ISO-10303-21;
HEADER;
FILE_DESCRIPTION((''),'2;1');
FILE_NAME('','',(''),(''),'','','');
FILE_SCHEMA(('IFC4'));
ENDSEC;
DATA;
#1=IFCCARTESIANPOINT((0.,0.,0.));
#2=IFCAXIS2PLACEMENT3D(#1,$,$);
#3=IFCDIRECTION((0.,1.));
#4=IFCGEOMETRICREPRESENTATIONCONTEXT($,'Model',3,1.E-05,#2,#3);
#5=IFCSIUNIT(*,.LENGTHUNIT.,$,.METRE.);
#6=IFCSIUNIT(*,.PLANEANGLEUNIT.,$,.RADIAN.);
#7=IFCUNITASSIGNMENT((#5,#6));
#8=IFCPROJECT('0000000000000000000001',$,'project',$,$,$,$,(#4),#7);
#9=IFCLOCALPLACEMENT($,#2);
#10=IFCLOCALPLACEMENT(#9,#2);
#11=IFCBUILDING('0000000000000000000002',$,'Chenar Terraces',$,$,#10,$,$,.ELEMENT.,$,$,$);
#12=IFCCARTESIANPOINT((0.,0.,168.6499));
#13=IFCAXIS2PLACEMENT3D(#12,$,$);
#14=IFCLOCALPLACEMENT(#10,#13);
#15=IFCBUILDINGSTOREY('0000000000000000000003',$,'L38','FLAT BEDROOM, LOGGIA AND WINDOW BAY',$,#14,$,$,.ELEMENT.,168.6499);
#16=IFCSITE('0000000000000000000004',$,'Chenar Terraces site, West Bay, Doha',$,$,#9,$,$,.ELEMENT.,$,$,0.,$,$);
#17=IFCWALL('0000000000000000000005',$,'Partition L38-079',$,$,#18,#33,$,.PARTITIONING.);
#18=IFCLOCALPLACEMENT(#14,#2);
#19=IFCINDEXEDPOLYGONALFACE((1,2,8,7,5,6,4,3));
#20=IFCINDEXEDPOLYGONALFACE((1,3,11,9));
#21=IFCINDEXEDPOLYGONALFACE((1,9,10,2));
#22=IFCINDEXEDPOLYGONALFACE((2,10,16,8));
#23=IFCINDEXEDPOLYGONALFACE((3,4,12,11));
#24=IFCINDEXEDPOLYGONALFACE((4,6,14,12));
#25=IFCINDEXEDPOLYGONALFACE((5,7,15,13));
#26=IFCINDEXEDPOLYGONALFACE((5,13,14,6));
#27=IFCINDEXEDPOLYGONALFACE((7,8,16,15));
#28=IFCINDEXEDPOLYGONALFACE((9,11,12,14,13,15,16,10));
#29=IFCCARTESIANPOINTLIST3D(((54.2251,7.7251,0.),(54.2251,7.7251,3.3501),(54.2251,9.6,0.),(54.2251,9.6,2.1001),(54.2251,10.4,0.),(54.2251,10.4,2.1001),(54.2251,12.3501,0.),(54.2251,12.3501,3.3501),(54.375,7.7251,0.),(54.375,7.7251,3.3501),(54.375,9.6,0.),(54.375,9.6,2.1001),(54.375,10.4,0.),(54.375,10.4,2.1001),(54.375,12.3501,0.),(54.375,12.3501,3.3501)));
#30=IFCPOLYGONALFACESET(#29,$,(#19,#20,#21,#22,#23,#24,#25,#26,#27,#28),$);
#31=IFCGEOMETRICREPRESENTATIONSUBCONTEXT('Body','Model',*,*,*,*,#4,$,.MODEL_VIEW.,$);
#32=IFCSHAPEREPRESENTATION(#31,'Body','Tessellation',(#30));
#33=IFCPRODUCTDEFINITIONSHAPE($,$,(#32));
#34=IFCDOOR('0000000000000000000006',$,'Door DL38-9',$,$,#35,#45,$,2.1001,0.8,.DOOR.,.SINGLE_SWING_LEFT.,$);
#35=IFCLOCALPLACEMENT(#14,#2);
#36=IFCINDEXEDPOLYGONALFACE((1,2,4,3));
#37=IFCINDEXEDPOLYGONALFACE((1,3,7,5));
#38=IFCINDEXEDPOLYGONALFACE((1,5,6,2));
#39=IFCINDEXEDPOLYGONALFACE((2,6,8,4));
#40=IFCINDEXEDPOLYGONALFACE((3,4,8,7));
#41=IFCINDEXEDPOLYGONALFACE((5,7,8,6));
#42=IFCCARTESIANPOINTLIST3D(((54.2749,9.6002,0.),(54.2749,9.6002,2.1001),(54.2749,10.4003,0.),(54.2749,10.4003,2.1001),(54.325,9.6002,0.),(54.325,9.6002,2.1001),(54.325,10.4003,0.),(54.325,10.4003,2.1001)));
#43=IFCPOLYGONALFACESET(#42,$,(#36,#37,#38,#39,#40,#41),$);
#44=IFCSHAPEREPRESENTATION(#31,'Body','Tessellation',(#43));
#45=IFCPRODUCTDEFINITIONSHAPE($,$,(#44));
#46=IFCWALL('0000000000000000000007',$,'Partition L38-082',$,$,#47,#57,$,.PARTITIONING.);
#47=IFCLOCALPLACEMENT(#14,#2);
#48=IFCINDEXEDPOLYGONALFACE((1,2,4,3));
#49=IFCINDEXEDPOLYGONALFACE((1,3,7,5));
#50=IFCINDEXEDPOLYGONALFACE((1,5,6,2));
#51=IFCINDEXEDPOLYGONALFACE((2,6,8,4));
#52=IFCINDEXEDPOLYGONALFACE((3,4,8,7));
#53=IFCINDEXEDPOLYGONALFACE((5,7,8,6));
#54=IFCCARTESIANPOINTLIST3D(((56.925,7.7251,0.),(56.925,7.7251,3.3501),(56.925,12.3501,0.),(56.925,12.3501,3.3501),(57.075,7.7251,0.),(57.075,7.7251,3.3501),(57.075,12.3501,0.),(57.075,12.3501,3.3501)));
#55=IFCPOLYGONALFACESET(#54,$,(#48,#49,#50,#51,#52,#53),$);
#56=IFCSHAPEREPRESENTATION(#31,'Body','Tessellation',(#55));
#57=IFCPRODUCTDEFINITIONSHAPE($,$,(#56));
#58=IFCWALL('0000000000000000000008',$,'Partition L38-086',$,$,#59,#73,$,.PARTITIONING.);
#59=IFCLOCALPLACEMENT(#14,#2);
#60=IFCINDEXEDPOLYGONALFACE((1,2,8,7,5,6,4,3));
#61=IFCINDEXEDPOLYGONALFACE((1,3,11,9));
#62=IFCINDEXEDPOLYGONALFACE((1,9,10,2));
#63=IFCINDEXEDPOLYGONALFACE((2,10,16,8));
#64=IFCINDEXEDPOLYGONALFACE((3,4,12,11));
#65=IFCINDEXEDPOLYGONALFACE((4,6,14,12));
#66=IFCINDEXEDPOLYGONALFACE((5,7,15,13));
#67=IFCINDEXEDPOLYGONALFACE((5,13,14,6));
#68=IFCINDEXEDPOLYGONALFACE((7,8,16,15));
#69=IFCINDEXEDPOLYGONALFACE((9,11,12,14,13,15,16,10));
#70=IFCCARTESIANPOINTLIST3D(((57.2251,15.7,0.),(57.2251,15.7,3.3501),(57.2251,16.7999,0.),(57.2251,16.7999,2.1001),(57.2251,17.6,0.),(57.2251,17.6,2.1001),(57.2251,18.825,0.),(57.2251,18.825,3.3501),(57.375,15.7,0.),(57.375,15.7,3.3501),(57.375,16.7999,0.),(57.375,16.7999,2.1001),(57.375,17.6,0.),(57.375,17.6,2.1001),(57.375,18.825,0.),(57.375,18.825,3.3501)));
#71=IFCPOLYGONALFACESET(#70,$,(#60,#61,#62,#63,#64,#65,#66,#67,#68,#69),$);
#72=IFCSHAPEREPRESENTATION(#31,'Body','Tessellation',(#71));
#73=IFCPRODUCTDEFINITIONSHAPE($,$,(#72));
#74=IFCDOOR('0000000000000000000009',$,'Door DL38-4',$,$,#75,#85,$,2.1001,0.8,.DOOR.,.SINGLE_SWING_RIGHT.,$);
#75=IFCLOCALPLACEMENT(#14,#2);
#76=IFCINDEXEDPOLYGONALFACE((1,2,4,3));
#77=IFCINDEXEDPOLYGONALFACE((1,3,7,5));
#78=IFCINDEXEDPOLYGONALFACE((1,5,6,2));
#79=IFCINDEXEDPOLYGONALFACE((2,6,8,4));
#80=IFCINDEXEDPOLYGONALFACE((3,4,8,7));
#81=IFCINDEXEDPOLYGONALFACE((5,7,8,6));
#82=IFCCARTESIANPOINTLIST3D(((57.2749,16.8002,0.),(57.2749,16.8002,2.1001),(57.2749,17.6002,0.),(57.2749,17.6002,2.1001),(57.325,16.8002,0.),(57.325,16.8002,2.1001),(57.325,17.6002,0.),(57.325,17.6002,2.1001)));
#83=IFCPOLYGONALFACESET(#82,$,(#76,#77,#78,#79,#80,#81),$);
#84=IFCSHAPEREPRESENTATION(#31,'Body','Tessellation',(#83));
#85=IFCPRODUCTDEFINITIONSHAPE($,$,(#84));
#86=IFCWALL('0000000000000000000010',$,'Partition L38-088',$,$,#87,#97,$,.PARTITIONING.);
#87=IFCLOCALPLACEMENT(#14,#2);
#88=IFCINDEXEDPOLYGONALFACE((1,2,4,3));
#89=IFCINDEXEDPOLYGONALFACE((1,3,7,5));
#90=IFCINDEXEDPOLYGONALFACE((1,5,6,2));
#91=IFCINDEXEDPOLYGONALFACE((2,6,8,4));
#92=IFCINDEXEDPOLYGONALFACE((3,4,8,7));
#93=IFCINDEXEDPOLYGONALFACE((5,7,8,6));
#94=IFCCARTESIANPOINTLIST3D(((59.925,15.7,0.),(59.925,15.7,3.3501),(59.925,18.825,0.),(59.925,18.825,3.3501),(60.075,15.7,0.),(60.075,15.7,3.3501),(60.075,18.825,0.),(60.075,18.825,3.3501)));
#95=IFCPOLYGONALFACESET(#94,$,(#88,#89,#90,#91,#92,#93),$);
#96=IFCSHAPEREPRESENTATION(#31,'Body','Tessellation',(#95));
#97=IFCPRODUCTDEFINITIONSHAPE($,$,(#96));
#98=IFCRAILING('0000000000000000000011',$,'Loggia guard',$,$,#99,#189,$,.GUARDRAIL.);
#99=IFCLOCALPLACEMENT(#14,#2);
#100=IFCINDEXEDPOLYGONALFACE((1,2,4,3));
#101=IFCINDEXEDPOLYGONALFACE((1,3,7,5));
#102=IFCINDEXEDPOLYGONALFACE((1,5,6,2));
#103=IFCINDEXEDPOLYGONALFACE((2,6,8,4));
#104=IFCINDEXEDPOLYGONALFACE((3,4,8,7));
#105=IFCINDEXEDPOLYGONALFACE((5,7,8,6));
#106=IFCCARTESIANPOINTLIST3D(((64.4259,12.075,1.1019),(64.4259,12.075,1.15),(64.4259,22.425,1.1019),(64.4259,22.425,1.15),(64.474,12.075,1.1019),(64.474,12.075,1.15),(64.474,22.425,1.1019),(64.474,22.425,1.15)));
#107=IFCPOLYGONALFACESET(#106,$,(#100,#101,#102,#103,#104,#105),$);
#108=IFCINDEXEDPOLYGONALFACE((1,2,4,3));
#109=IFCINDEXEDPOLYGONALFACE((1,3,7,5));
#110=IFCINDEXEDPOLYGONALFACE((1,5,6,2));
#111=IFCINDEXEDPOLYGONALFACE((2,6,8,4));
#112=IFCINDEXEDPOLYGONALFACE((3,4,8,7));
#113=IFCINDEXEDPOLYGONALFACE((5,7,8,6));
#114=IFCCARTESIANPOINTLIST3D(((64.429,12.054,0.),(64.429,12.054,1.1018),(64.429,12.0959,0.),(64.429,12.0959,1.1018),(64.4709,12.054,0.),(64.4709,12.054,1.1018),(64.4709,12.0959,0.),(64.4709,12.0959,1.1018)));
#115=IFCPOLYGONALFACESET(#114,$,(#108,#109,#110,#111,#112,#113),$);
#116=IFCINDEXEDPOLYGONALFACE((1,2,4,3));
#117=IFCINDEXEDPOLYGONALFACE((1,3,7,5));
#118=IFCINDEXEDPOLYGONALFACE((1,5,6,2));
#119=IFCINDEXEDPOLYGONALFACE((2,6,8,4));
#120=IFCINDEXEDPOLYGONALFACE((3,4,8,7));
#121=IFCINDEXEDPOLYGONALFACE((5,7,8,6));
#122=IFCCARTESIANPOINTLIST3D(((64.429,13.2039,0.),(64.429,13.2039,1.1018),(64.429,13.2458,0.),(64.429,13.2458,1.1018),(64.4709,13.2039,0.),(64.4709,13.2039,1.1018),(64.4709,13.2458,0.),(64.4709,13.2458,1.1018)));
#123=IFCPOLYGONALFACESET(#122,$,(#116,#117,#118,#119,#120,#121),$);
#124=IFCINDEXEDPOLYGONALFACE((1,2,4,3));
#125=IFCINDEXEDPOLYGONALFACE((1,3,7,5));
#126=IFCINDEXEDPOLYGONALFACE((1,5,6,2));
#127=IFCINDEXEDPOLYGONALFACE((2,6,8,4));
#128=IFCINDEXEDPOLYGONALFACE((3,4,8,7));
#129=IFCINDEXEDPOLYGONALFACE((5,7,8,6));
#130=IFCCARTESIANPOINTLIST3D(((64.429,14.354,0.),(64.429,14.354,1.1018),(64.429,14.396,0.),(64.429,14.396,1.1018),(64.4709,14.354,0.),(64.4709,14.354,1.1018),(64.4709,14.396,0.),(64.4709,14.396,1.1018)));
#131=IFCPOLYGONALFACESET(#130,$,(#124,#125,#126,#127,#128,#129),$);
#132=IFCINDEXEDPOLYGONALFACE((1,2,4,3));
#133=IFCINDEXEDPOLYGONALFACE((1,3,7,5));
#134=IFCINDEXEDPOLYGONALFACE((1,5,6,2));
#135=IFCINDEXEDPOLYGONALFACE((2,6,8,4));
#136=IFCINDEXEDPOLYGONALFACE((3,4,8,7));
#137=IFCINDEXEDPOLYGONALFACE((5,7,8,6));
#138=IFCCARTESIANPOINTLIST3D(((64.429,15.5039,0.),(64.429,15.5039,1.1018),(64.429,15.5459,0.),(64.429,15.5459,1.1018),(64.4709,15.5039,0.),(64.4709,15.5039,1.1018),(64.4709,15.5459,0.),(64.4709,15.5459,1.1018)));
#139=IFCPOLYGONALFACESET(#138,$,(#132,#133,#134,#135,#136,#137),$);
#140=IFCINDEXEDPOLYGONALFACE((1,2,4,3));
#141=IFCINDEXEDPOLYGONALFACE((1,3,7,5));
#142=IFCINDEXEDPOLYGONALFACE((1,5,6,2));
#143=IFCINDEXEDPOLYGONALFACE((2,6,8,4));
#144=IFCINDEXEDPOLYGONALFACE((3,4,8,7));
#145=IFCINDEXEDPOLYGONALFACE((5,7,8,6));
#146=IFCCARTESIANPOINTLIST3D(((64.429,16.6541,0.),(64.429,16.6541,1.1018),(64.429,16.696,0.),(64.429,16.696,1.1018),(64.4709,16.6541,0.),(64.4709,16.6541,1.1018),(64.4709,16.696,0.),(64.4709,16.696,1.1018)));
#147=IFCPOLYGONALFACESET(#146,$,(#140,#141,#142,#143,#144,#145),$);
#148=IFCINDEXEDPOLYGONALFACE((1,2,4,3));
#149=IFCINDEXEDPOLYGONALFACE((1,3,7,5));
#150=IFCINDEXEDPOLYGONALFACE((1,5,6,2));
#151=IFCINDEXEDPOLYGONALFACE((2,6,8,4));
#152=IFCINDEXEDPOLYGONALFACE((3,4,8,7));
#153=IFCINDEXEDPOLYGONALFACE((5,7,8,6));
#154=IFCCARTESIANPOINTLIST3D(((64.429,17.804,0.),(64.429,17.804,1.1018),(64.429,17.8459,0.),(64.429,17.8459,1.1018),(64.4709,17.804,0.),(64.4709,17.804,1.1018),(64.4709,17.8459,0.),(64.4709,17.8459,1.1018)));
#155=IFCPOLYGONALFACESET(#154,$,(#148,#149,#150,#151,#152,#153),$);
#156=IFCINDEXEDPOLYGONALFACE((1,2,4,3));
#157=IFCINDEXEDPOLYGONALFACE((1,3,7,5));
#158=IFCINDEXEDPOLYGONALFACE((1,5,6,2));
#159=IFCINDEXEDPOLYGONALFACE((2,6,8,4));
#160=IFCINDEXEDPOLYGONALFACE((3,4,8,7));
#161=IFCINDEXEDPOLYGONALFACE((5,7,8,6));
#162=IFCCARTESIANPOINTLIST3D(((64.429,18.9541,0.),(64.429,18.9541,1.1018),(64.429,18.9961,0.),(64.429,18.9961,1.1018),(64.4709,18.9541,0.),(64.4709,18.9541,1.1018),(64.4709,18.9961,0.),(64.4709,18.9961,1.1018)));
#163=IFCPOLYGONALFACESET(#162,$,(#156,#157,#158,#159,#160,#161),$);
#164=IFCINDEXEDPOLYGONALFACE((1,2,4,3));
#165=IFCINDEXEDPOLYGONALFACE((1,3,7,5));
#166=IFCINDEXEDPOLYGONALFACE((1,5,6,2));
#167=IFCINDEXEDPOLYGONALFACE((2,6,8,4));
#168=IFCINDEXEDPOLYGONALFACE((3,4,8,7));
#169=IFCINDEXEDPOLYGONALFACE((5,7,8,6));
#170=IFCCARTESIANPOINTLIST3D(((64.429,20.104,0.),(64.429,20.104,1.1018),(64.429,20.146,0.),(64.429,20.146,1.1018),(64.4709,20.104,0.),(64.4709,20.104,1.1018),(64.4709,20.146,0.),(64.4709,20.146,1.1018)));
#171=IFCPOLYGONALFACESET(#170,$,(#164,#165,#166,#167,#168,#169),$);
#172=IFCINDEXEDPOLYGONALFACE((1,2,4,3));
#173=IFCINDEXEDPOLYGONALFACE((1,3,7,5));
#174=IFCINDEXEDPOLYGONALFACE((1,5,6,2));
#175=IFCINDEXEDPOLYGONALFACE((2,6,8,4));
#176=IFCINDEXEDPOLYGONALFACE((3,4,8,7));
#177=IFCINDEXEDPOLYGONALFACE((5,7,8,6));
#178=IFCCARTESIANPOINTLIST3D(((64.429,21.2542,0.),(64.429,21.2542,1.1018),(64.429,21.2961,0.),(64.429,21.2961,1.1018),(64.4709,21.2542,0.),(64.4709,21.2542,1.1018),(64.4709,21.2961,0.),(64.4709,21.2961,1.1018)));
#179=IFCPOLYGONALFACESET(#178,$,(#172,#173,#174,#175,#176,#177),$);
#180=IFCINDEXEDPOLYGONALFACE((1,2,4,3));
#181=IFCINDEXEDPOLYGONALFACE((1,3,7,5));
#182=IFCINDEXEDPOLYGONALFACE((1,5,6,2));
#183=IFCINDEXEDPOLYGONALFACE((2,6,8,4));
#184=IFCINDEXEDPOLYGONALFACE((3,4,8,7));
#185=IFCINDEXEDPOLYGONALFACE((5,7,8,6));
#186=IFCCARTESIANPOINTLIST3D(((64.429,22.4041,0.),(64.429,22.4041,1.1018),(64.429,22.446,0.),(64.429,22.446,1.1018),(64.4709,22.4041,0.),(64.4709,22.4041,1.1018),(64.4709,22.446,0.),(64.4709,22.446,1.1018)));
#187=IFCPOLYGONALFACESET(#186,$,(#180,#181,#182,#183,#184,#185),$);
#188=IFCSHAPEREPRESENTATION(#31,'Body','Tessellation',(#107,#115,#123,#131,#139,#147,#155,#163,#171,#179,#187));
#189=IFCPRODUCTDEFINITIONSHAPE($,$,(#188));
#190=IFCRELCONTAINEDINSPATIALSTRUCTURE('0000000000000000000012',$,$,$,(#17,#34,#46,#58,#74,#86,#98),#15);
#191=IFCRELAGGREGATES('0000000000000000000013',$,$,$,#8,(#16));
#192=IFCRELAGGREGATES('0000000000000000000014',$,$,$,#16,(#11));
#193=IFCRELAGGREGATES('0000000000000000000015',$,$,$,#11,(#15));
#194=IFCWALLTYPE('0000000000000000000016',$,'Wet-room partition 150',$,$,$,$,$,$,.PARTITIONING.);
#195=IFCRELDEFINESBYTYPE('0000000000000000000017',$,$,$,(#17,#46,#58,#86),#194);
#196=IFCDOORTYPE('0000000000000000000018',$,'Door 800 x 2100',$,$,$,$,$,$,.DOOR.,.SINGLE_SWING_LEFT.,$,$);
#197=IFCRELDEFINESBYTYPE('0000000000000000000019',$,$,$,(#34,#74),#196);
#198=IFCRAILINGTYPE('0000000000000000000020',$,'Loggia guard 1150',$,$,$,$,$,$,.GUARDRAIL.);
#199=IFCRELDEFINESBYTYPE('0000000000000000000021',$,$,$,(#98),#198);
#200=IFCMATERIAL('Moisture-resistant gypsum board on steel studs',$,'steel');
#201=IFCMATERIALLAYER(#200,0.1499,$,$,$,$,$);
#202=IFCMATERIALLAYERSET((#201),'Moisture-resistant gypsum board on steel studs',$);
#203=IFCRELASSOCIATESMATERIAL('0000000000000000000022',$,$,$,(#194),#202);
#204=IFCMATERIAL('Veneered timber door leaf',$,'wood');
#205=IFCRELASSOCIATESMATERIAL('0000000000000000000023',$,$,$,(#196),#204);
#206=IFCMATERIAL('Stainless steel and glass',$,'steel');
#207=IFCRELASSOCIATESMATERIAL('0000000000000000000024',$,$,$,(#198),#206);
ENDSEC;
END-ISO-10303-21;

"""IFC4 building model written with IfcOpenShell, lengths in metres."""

from ifc_helpers import new_model, si_unit, direction, frame, frame_2d, origin, origin_2d, place, context, subcontext, project, spatial, rectangle, extrude, material, layer, layer_set, type_object, element, fill, save


model = new_model("IFC4")

# Units and contexts
model_context = context("Model", 3, precision=1e-05, world=origin(), true_north=direction((0.0, 1.0)))
body_context = subcontext(model_context, "Body", "Model", "MODEL_VIEW")
ifc_project = project(units=[si_unit("LENGTHUNIT", "METRE"), si_unit("PLANEANGLEUNIT", "RADIAN")], contexts=[model_context])

# Site, building, storey
site_placement = place(None, origin())
site = spatial("IfcSite", under=ifc_project, at=site_placement, Name="Chenar Terraces site, West Bay, Doha", CompositionType="ELEMENT", RefElevation=0.0)
building_placement = place(site_placement, origin())
building = spatial("IfcBuilding", under=site, at=building_placement, Name="Chenar Terraces", CompositionType="ELEMENT")
storey_placement = place(building_placement, frame((0.0, 0.0, 168.6499)))
storey = spatial("IfcBuildingStorey", under=building, at=storey_placement, Name="L38", Description="FLAT BEDROOM, LOGGIA AND WINDOW BAY", CompositionType="ELEMENT", Elevation=168.6499)

# Wall, opening, door
ifc_material_1 = material(Name="Moisture-resistant gypsum board on steel studs", Category="steel")
ifc_layer_1 = layer(ifc_material_1, 0.1499)
ifc_layer_set_1 = layer_set([ifc_layer_1], Name="Moisture-resistant gypsum board on steel studs")
wall_type_1 = type_object("IfcWallType", Name="Wet-room partition 150", PredefinedType="PARTITIONING", material=ifc_layer_set_1)
wall_1_placement = place(storey_placement, frame((54.3, 7.7251, 0.0), z_axis=(0.0, 0.0, 1.0), x_axis=(0.0, 1.0, 0.0)))
wall_1 = element("IfcWall", 1, at=wall_1_placement, inside=storey, type_object=wall_type_1, Name="Partition L38-079", PredefinedType="PARTITIONING", context=body_context, shape_type="SweptSolid", body=[
    extrude(rectangle(XDim=4.625, YDim=0.1499, at=frame_2d((2.3125, 0.0))), origin(), (0.0, 0.0, 1.0), 3.3501),
])
opening_1_placement = place(wall_1_placement, frame((1.875, 0.0, 0.0)))
opening_1 = element("IfcOpeningElement", 2, at=opening_1_placement, cuts=wall_1, PredefinedType="OPENING", context=body_context, shape_type="SweptSolid", body=[
    extrude(rectangle(XDim=0.8, YDim=2.1001, at=frame_2d((0.3999, 1.05))), frame((0.0, 0.085, 0.0), z_axis=(0.0, -1.0, 0.0), x_axis=(1.0, 0.0, 0.0)), (0.0, 0.0, 1.0), 0.1699),
])
ifc_material_2 = material(Name="Veneered timber door leaf", Category="wood")
door_type_1 = type_object("IfcDoorType", Name="Door 800 x 2100", OperationType="SINGLE_SWING_LEFT", PredefinedType="DOOR", material=ifc_material_2)
door_1_placement = place(opening_1_placement, frame((0.8, 0.0, 0.0), z_axis=(0.0, 0.0, 1.0), x_axis=(-1.0, 0.0, 0.0)))
door_1 = element("IfcDoor", 3, at=door_1_placement, inside=storey, type_object=door_type_1, Name="Door DL38-9", OperationType="SINGLE_SWING_LEFT", OverallHeight=2.1001, OverallWidth=0.8, PredefinedType="DOOR", context=body_context, shape_type="SweptSolid", body=[
    extrude(rectangle(XDim=0.8, YDim=2.1001, at=frame_2d((0.3999, 1.05))), frame((0.0, 0.0249, 0.0), z_axis=(0.0, -1.0, 0.0), x_axis=(1.0, 0.0, 0.0)), (0.0, 0.0, 1.0), 0.05),
])
fill(opening_1, door_1)

# Wall
wall_2_placement = place(storey_placement, frame((57.0, 7.7251, 0.0), z_axis=(0.0, 0.0, 1.0), x_axis=(0.0, 1.0, 0.0)))
element("IfcWall", 4, at=wall_2_placement, inside=storey, type_object=wall_type_1, Name="Partition L38-082", PredefinedType="PARTITIONING", context=body_context, shape_type="SweptSolid", body=[
    extrude(rectangle(XDim=4.625, YDim=0.1499, at=frame_2d((2.3125, 0.0))), origin(), (0.0, 0.0, 1.0), 3.3501),
])

# Wall, opening, door
wall_3_placement = place(storey_placement, frame((57.3, 15.7, 0.0), z_axis=(0.0, 0.0, 1.0), x_axis=(0.0, 1.0, 0.0)))
wall_3 = element("IfcWall", 5, at=wall_3_placement, inside=storey, type_object=wall_type_1, Name="Partition L38-086", PredefinedType="PARTITIONING", context=body_context, shape_type="SweptSolid", body=[
    extrude(rectangle(XDim=3.125, YDim=0.1499, at=frame_2d((1.5625, 0.0))), origin(), (0.0, 0.0, 1.0), 3.3501),
])
opening_2_placement = place(wall_3_placement, frame((1.1001, 0.0, 0.0)))
opening_2 = element("IfcOpeningElement", 6, at=opening_2_placement, cuts=wall_3, PredefinedType="OPENING", context=body_context, shape_type="SweptSolid", body=[
    extrude(rectangle(XDim=0.8, YDim=2.1001, at=frame_2d((0.3999, 1.05))), frame((0.0, 0.085, 0.0), z_axis=(0.0, -1.0, 0.0), x_axis=(1.0, 0.0, 0.0)), (0.0, 0.0, 1.0), 0.1699),
])
door_2_placement = place(opening_2_placement, frame((0.8, 0.0, 0.0), z_axis=(0.0, 0.0, 1.0), x_axis=(-1.0, 0.0, 0.0)))
door_2 = element("IfcDoor", 7, at=door_2_placement, inside=storey, type_object=door_type_1, Name="Door DL38-4", OperationType="SINGLE_SWING_RIGHT", OverallHeight=2.1001, OverallWidth=0.8, PredefinedType="DOOR", context=body_context, shape_type="SweptSolid", body=[
    extrude(rectangle(XDim=0.8, YDim=2.1001, at=frame_2d((0.3999, 1.05))), frame((0.0, 0.0249, 0.0), z_axis=(0.0, -1.0, 0.0), x_axis=(1.0, 0.0, 0.0)), (0.0, 0.0, 1.0), 0.05),
])
fill(opening_2, door_2)

# Wall
wall_4_placement = place(storey_placement, frame((60.0, 15.7, 0.0), z_axis=(0.0, 0.0, 1.0), x_axis=(0.0, 1.0, 0.0)))
element("IfcWall", 8, at=wall_4_placement, inside=storey, type_object=wall_type_1, Name="Partition L38-088", PredefinedType="PARTITIONING", context=body_context, shape_type="SweptSolid", body=[
    extrude(rectangle(XDim=3.125, YDim=0.1499, at=frame_2d((1.5625, 0.0))), origin(), (0.0, 0.0, 1.0), 3.3501),
])

# Railing
ifc_material_3 = material(Name="Stainless steel and glass", Category="steel")
railing_type = type_object("IfcRailingType", Name="Loggia guard 1150", PredefinedType="GUARDRAIL", material=ifc_material_3)
railing_placement = place(storey_placement, frame((64.45, 12.075, 0.0)))
element("IfcRailing", 9, at=railing_placement, inside=storey, type_object=railing_type, Name="Loggia guard", PredefinedType="GUARDRAIL", context=body_context, shape_type="SweptSolid", body=[
    extrude(rectangle(XDim=0.0481, YDim=0.0481, at=origin_2d()), frame((0.0, 0.0, 1.126), z_axis=(0.0, 1.0, 0.0), x_axis=(-1.0, 0.0, 0.0)), (0.0, 0.0, 1.0), 10.3501),
    extrude(rectangle(XDim=0.042, YDim=0.042, at=origin_2d()), origin(), (0.0, 0.0, 1.0), 1.1018),
    extrude(rectangle(XDim=0.042, YDim=0.042, at=origin_2d()), frame((0.0, 1.1499, 0.0)), (0.0, 0.0, 1.0), 1.1018),
    extrude(rectangle(XDim=0.042, YDim=0.042, at=origin_2d()), frame((0.0, 2.3, 0.0)), (0.0, 0.0, 1.0), 1.1018),
    extrude(rectangle(XDim=0.042, YDim=0.042, at=origin_2d()), frame((0.0, 3.45, 0.0)), (0.0, 0.0, 1.0), 1.1018),
    extrude(rectangle(XDim=0.042, YDim=0.042, at=origin_2d()), frame((0.0, 4.6001, 0.0)), (0.0, 0.0, 1.0), 1.1018),
    extrude(rectangle(XDim=0.042, YDim=0.042, at=origin_2d()), frame((0.0, 5.75, 0.0)), (0.0, 0.0, 1.0), 1.1018),
    extrude(rectangle(XDim=0.042, YDim=0.042, at=origin_2d()), frame((0.0, 6.9001, 0.0)), (0.0, 0.0, 1.0), 1.1018),
    extrude(rectangle(XDim=0.042, YDim=0.042, at=origin_2d()), frame((0.0, 8.05, 0.0)), (0.0, 0.0, 1.0), 1.1018),
    extrude(rectangle(XDim=0.042, YDim=0.042, at=origin_2d()), frame((0.0, 9.2002, 0.0)), (0.0, 0.0, 1.0), 1.1018),
    extrude(rectangle(XDim=0.042, YDim=0.042, at=origin_2d()), frame((0.0, 10.3501, 0.0)), (0.0, 0.0, 1.0), 1.1018),
])

save(model, "model.ifc")
